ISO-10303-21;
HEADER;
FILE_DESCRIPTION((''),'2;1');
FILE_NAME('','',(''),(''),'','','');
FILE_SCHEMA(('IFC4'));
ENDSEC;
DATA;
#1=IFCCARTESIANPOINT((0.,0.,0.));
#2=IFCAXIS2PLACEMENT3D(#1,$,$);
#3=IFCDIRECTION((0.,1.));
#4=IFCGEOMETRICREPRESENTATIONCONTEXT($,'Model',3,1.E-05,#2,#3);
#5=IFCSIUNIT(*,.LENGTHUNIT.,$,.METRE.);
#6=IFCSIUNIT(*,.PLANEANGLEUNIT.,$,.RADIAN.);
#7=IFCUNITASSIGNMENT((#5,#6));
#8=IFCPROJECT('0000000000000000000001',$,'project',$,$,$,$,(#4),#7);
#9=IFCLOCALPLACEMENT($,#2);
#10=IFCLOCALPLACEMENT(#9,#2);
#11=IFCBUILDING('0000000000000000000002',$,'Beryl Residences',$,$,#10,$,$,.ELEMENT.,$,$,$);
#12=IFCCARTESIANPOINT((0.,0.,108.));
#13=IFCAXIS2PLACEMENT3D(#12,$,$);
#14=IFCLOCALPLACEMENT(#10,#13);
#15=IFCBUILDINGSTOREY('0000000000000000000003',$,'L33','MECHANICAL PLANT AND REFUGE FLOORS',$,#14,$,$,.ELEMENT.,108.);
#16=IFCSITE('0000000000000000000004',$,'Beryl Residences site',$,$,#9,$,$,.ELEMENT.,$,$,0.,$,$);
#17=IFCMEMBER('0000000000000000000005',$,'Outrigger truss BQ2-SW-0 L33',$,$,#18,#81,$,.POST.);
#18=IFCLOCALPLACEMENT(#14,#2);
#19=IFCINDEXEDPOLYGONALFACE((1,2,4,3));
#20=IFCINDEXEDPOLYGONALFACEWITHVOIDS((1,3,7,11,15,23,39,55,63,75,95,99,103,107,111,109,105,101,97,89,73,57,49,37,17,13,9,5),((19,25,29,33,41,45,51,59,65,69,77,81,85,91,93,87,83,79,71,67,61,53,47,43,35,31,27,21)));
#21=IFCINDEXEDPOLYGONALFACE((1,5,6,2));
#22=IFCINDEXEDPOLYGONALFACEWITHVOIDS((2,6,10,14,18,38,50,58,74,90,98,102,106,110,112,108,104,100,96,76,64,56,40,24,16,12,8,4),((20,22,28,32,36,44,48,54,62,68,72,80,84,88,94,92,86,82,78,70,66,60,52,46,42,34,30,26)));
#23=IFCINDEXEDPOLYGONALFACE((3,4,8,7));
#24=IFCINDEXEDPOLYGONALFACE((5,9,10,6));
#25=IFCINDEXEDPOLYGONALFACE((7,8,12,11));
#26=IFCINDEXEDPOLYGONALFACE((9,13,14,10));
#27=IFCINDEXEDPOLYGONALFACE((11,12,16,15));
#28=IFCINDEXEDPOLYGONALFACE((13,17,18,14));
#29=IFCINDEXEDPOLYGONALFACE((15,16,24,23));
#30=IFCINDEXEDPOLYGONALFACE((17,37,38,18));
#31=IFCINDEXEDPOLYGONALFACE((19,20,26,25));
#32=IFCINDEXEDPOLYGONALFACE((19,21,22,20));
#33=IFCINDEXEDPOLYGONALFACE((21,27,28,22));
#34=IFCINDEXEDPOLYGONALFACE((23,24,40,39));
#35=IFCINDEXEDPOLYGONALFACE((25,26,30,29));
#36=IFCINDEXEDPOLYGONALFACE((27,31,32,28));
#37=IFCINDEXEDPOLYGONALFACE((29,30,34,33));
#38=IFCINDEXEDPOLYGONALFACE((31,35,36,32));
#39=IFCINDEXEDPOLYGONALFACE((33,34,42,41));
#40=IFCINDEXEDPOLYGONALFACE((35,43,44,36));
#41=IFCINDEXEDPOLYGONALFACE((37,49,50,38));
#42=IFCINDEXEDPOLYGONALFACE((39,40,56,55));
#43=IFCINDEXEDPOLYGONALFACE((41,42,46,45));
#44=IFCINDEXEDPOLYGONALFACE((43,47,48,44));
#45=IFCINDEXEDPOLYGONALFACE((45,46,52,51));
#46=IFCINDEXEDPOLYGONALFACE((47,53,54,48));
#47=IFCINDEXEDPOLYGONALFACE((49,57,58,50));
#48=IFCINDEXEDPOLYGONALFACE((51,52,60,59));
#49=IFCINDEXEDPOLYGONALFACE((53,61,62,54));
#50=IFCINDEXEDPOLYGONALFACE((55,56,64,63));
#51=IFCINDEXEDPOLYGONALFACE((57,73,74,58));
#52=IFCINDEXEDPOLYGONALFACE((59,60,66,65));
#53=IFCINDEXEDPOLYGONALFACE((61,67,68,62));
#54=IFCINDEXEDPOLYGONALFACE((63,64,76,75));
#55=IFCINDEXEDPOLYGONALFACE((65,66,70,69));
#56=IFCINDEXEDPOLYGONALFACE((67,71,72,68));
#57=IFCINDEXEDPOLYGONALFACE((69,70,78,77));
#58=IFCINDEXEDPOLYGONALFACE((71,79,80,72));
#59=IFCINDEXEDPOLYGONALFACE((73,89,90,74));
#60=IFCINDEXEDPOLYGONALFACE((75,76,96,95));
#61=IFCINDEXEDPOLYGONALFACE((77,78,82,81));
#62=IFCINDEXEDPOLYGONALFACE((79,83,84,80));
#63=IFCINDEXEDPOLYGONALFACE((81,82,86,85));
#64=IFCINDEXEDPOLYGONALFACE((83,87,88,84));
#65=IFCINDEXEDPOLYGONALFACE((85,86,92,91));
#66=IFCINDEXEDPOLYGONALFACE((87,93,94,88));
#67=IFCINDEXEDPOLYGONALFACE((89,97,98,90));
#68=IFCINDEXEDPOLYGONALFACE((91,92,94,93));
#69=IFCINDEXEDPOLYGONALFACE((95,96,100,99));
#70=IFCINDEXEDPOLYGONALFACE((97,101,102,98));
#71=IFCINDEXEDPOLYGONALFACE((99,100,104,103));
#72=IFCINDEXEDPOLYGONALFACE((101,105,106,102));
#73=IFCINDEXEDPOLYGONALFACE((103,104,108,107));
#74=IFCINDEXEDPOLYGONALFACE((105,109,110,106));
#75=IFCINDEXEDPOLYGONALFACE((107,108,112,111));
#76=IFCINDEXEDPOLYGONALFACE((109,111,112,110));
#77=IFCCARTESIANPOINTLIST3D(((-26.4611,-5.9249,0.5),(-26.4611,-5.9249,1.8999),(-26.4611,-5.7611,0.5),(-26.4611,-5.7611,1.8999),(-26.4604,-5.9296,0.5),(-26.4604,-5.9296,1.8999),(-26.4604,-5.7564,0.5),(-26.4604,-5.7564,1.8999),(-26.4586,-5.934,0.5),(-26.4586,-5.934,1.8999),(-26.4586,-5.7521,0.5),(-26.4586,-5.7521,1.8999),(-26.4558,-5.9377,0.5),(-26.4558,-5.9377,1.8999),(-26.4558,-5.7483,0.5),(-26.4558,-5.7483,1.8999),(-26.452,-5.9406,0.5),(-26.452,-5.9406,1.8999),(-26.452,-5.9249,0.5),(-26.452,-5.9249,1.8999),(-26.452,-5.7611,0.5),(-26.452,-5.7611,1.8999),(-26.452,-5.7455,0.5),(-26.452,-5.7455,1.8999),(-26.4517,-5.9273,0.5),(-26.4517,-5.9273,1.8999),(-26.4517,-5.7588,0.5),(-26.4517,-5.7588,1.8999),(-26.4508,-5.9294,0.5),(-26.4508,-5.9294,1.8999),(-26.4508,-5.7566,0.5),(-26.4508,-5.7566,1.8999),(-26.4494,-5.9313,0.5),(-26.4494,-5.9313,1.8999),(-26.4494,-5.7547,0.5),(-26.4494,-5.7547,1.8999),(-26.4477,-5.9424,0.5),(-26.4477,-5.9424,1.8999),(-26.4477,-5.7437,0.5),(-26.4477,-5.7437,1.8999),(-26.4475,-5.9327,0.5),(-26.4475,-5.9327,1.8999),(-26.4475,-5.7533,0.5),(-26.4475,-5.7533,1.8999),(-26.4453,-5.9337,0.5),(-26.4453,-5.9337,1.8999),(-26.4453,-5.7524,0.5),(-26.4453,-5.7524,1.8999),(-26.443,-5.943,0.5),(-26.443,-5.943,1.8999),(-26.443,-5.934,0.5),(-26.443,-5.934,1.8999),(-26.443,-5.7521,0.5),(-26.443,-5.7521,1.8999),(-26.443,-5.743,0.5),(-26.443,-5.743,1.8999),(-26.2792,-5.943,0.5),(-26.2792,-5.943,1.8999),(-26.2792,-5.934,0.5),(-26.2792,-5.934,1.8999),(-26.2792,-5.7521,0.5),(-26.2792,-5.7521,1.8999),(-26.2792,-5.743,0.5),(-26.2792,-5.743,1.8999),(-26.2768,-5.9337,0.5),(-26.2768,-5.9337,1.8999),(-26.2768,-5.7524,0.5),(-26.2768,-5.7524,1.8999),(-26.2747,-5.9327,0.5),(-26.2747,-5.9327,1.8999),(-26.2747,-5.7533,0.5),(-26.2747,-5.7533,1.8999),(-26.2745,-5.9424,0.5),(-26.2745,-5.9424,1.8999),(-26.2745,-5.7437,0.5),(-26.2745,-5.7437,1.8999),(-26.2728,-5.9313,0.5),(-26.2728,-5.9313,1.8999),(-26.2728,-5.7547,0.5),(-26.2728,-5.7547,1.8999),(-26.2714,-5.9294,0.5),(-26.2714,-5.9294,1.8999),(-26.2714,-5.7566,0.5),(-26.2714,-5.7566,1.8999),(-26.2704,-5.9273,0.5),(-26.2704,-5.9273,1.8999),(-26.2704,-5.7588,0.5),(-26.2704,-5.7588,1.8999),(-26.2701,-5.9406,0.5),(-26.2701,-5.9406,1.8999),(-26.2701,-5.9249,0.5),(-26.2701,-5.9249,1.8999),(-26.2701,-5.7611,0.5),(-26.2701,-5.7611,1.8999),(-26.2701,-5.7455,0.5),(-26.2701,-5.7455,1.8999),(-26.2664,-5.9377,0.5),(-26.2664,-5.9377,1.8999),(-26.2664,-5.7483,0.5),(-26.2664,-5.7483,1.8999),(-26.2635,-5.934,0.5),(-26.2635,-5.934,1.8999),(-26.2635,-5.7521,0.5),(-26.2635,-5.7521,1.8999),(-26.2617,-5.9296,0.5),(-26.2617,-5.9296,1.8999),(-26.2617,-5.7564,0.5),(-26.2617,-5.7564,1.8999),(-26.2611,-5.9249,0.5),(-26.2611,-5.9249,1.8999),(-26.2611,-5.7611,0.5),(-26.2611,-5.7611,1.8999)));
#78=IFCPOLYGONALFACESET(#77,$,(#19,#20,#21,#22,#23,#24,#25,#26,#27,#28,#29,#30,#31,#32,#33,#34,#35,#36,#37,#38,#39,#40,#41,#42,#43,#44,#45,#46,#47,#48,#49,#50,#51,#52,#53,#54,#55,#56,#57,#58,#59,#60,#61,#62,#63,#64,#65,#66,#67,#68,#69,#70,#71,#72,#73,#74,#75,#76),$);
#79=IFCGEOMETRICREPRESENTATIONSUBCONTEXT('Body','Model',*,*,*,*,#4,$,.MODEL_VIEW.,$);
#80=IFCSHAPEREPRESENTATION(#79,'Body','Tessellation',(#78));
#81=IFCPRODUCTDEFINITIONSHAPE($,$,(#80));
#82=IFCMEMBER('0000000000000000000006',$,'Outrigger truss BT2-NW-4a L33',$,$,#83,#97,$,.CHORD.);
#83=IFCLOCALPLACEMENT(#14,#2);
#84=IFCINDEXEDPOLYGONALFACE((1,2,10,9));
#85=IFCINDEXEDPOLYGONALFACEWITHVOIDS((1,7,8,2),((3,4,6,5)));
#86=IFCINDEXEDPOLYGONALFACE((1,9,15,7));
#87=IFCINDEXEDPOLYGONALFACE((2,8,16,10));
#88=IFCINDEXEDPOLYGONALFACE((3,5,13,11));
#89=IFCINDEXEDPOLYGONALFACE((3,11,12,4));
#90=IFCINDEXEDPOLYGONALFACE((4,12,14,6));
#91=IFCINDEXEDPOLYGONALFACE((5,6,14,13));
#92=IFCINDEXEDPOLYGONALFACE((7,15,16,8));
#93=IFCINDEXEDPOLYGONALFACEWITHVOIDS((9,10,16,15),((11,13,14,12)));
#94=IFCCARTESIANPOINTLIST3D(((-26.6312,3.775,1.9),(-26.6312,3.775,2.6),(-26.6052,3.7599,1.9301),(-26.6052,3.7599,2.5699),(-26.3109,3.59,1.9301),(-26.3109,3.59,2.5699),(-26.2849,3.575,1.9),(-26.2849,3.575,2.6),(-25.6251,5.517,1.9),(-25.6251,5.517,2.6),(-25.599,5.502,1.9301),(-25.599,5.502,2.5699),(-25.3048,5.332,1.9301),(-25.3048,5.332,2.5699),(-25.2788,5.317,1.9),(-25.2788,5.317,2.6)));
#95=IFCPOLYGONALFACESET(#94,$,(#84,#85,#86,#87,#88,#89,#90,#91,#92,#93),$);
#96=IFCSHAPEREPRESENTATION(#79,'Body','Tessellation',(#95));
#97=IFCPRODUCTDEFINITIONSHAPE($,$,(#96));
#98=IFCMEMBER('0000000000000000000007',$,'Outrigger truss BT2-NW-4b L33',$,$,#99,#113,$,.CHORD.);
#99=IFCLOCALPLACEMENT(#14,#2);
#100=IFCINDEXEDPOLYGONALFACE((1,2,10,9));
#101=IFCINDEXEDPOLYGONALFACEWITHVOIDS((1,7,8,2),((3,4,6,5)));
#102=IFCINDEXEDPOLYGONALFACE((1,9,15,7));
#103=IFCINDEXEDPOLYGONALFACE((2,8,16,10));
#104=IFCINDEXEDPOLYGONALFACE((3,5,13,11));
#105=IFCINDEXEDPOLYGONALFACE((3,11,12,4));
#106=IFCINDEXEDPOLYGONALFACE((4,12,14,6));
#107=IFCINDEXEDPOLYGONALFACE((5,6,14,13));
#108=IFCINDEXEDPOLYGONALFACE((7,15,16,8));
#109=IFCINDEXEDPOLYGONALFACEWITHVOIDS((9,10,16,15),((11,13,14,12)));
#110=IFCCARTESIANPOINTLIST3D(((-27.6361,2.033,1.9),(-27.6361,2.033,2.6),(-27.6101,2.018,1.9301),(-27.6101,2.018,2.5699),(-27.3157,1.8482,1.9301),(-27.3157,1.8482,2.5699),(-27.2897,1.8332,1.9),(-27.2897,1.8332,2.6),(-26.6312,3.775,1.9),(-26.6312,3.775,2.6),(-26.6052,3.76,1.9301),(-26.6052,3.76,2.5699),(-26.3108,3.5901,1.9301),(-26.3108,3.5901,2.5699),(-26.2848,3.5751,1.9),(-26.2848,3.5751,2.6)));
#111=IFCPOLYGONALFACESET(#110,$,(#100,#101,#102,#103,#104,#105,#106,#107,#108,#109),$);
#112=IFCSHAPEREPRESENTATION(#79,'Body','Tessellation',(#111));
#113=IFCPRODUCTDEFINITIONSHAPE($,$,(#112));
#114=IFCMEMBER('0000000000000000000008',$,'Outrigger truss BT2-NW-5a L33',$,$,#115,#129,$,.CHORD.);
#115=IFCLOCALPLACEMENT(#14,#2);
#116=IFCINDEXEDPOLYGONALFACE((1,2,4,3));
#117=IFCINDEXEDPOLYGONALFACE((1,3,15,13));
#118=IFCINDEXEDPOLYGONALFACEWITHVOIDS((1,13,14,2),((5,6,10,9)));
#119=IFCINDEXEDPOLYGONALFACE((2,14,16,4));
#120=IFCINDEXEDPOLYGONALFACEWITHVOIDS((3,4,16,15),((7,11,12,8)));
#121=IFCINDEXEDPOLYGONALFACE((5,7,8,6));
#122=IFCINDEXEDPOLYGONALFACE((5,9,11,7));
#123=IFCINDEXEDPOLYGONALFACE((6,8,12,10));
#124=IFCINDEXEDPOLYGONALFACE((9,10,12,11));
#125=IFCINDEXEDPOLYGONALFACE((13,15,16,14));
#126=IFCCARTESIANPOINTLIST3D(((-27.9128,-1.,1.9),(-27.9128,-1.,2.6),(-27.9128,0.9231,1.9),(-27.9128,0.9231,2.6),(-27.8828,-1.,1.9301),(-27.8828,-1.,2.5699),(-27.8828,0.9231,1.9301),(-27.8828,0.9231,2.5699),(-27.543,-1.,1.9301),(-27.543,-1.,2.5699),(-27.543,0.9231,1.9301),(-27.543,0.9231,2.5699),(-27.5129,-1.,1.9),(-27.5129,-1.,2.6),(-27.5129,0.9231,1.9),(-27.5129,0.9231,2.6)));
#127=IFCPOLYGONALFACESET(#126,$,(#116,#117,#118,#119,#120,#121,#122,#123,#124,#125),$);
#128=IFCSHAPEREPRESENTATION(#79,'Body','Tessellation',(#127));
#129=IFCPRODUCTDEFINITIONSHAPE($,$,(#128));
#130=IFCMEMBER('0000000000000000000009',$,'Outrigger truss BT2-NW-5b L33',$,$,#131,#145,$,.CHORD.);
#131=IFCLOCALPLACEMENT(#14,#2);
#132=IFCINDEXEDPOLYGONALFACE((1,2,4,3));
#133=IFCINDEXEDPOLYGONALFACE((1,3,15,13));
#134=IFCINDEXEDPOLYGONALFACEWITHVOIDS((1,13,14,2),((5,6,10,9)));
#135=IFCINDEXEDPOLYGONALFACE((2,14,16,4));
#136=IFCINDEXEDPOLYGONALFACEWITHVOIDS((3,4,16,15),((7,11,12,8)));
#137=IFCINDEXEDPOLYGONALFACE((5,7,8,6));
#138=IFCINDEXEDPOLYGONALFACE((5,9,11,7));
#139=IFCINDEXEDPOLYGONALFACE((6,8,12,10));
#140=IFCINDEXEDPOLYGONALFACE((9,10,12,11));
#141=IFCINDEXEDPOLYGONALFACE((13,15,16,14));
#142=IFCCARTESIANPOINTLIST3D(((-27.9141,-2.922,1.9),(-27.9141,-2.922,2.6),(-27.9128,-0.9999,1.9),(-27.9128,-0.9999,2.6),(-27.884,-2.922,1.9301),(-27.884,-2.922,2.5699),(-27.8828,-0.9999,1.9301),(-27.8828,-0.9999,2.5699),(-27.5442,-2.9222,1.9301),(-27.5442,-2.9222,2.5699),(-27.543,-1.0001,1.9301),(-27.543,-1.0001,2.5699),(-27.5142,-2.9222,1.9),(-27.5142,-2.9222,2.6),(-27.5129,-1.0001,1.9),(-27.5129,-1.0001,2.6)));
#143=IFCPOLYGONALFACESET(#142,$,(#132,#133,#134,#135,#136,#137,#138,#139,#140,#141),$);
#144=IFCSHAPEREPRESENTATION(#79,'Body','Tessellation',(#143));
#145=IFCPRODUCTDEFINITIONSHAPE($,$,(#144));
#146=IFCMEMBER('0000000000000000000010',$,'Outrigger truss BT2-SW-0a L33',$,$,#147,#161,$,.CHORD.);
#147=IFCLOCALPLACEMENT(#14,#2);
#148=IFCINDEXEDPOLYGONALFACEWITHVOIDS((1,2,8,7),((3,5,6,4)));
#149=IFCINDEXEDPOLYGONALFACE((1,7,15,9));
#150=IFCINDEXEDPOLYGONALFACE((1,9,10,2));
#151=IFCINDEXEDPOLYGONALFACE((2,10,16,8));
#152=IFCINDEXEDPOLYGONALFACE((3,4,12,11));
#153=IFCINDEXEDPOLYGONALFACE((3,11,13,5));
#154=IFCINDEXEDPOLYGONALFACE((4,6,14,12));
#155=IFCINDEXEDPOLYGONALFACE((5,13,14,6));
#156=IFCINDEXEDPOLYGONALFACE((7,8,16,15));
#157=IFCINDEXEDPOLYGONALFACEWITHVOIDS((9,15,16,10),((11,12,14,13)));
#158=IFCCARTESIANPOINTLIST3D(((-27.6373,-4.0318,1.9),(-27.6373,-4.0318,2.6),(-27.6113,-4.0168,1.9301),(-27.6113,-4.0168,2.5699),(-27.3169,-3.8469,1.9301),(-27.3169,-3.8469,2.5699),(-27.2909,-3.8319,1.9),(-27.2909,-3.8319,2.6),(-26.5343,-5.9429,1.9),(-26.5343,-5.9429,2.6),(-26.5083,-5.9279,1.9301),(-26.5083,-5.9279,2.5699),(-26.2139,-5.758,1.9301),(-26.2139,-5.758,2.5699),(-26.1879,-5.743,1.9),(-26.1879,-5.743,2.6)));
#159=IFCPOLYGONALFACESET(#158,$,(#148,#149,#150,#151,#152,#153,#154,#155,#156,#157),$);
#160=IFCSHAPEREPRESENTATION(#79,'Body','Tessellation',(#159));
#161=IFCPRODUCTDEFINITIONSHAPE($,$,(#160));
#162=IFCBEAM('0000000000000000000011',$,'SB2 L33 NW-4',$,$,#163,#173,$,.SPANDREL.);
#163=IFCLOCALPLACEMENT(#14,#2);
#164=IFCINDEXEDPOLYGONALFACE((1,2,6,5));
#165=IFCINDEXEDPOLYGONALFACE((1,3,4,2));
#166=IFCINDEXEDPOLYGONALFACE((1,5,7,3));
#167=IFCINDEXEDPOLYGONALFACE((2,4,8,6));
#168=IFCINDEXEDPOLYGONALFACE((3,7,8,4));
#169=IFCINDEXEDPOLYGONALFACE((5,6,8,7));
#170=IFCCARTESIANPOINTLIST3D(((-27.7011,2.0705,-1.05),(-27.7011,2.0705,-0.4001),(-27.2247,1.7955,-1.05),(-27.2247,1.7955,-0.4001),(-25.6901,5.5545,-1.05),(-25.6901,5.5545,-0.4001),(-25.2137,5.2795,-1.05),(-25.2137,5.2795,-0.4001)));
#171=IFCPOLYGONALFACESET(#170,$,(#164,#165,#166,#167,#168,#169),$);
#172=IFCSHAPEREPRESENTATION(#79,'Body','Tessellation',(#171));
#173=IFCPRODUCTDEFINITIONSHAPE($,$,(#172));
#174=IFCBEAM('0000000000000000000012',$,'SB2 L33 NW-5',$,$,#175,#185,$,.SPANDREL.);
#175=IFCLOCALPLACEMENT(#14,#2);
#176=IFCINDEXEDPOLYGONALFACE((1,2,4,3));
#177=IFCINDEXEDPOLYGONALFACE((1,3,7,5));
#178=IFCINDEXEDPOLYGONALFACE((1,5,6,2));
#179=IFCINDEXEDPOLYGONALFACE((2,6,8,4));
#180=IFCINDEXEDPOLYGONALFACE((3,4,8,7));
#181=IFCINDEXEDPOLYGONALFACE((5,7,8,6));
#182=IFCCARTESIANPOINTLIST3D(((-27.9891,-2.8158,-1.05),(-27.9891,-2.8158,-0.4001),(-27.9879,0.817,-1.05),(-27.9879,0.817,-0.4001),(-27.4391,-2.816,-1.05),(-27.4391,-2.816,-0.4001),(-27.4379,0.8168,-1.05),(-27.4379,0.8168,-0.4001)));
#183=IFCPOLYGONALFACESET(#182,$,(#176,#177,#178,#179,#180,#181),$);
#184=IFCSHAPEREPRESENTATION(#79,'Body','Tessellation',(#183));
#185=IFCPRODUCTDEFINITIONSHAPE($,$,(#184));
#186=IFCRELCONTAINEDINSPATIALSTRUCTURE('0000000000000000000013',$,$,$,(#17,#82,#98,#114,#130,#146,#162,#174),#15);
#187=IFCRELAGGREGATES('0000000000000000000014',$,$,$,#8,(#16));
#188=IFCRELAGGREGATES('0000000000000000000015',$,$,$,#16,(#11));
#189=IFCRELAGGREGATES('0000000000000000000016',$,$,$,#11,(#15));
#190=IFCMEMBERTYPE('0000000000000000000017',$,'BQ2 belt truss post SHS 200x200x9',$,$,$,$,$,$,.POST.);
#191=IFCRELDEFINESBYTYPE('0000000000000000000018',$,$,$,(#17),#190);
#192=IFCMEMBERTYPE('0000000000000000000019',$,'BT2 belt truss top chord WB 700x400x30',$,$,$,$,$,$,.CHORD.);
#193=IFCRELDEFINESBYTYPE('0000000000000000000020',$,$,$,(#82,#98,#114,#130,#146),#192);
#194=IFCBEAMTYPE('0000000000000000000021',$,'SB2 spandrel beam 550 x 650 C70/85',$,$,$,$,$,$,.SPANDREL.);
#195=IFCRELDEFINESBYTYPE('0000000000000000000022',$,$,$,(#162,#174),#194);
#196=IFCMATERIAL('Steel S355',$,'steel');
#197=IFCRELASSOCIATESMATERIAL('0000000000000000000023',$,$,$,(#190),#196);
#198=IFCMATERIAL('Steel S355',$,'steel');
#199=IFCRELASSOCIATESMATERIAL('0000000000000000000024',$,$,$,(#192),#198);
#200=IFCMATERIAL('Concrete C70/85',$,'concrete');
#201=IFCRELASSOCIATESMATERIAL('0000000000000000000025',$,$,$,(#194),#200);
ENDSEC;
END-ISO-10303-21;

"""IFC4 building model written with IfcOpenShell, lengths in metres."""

from ifc_helpers import new_model, si_unit, direction, frame, origin, origin_2d, place, context, subcontext, project, spatial, rectangle, hollow_rectangle, extrude, material, material_profile, profile_set, type_object, element, save


model = new_model("IFC4")

# Units and contexts
model_context = context("Model", 3, precision=1e-05, world=origin(), true_north=direction((0.0, 1.0)))
body_context = subcontext(model_context, "Body", "Model", "MODEL_VIEW")
ifc_project = project(units=[si_unit("LENGTHUNIT", "METRE"), si_unit("PLANEANGLEUNIT", "RADIAN")], contexts=[model_context])

# Site, building, storey
site_placement = place(None, origin())
site = spatial("IfcSite", under=ifc_project, at=site_placement, Name="Beryl Residences site", CompositionType="ELEMENT", RefElevation=0.0)
building_placement = place(site_placement, origin())
building = spatial("IfcBuilding", under=site, at=building_placement, Name="Beryl Residences", CompositionType="ELEMENT")
storey_placement = place(building_placement, frame((0.0, 0.0, 108.0)))
storey = spatial("IfcBuildingStorey", under=building, at=storey_placement, Name="L33", Description="MECHANICAL PLANT AND REFUGE FLOORS", CompositionType="ELEMENT", Elevation=108.0)

# Members
ifc_material_1 = material(Name="Steel S355", Category="steel")
ifc_material_profile_1 = material_profile(ifc_material_1, hollow_rectangle(XDim=0.2, YDim=0.2, WallThickness=0.009, InnerFilletRadius=0.009, OuterFilletRadius=0.0181, at=origin_2d()))
ifc_profile_set_1 = profile_set([ifc_material_profile_1], Name="Steel S355")
member_type_1 = type_object("IfcMemberType", Name="BQ2 belt truss post SHS 200x200x9", PredefinedType="POST", material=ifc_profile_set_1)
for number, where, z_axis, x_axis, name in (
    (1, (-26.3611, -5.843, 0.5), (0.0, 0.0, 1.0), (1.0, 0.0, 0.0), "Outrigger truss BQ2-SW-0 L33"),
):
    element("IfcMember", number, at=place(storey_placement, frame(where, z_axis=z_axis, x_axis=x_axis)), inside=storey, type_object=member_type_1, Name=name, PredefinedType="POST", context=body_context, shape_type="SweptSolid", body=[
        extrude(hollow_rectangle(XDim=0.2, YDim=0.2, WallThickness=0.009, InnerFilletRadius=0.009, OuterFilletRadius=0.0181, at=origin_2d()), origin(), (0.0, 0.0, 1.0), 1.3999),
    ])
ifc_material_2 = material(Name="Steel S355", Category="steel")
ifc_material_profile_2 = material_profile(ifc_material_2, hollow_rectangle(XDim=0.3999, YDim=0.7, WallThickness=0.03, at=origin_2d()))
ifc_profile_set_2 = profile_set([ifc_material_profile_2], Name="Steel S355")
member_type_2 = type_object("IfcMemberType", Name="BT2 belt truss top chord WB 700x400x30", PredefinedType="CHORD", material=ifc_profile_set_2)
member_1_placement = place(storey_placement, frame((-25.4519, 5.417, 2.25), z_axis=(-0.500146, -0.865941, 0.0), x_axis=(0.865941, -0.500146, 0.0)))
element("IfcMember", 2, at=member_1_placement, inside=storey, type_object=member_type_2, Name="Outrigger truss BT2-NW-4a L33", PredefinedType="CHORD", context=body_context, shape_type="SweptSolid", body=[
    extrude(hollow_rectangle(XDim=0.3999, YDim=0.7, WallThickness=0.03, at=origin_2d()), origin(), (0.0, 0.0, 1.0), 2.0117),
])
member_2_placement = place(storey_placement, frame((-26.458, 3.675, 2.25), z_axis=(-0.499691, -0.866204, 0.0), x_axis=(0.866204, -0.499691, 0.0)))
element("IfcMember", 3, at=member_2_placement, inside=storey, type_object=member_type_2, Name="Outrigger truss BT2-NW-4b L33", PredefinedType="CHORD", context=body_context, shape_type="SweptSolid", body=[
    extrude(hollow_rectangle(XDim=0.3999, YDim=0.7, WallThickness=0.03, at=origin_2d()), origin(), (0.0, 0.0, 1.0), 2.011),
])
member_3_placement = place(storey_placement, frame((-27.7129, 0.9231, 2.25), z_axis=(0.0, -1.0, 0.0), x_axis=(1.0, 0.0, 0.0)))
element("IfcMember", 4, at=member_3_placement, inside=storey, type_object=member_type_2, Name="Outrigger truss BT2-NW-5a L33", PredefinedType="CHORD", context=body_context, shape_type="SweptSolid", body=[
    extrude(hollow_rectangle(XDim=0.3999, YDim=0.7, WallThickness=0.03, at=origin_2d()), origin(), (0.0, 0.0, 1.0), 1.9231),
])
member_4_placement = place(storey_placement, frame((-27.7129, -1.0, 2.25), z_axis=(-0.000635, -1.0, 0.0), x_axis=(1.0, -0.000635, 0.0)))
element("IfcMember", 5, at=member_4_placement, inside=storey, type_object=member_type_2, Name="Outrigger truss BT2-NW-5b L33", PredefinedType="CHORD", context=body_context, shape_type="SweptSolid", body=[
    extrude(hollow_rectangle(XDim=0.3999, YDim=0.7, WallThickness=0.03, at=origin_2d()), origin(), (0.0, 0.0, 1.0), 1.9221),
])
member_5_placement = place(storey_placement, frame((-27.4641, -3.9319, 2.25), z_axis=(0.499876, -0.866097, 0.0), x_axis=(0.866097, 0.499876, 0.0)))
element("IfcMember", 6, at=member_5_placement, inside=storey, type_object=member_type_2, Name="Outrigger truss BT2-SW-0a L33", PredefinedType="CHORD", context=body_context, shape_type="SweptSolid", body=[
    extrude(hollow_rectangle(XDim=0.3999, YDim=0.7, WallThickness=0.03, at=origin_2d()), origin(), (0.0, 0.0, 1.0), 2.2065),
])

# Beams
ifc_material_3 = material(Name="Concrete C70/85", Category="concrete")
ifc_material_profile_3 = material_profile(ifc_material_3, rectangle(XDim=0.55, YDim=0.6499, at=origin_2d()))
ifc_profile_set_3 = profile_set([ifc_material_profile_3], Name="Concrete C70/85")
beam_type = type_object("IfcBeamType", Name="SB2 spandrel beam 550 x 650 C70/85", PredefinedType="SPANDREL", material=ifc_profile_set_3)
beam_1_placement = place(storey_placement, frame((-25.4519, 5.417, -0.7251), z_axis=(-0.499919, -0.866072, 0.0), x_axis=(0.866072, -0.499919, 0.0)))
element("IfcBeam", 7, at=beam_1_placement, inside=storey, type_object=beam_type, Name="SB2 L33 NW-4", PredefinedType="SPANDREL", context=body_context, shape_type="SweptSolid", body=[
    extrude(rectangle(XDim=0.55, YDim=0.6499, at=origin_2d()), origin(), (0.0, 0.0, 1.0), 4.0227),
])
beam_2_placement = place(storey_placement, frame((-27.7129, 0.8169, -0.7251), z_axis=(-0.000336, -1.0, 0.0), x_axis=(1.0, -0.000336, 0.0)))
element("IfcBeam", 8, at=beam_2_placement, inside=storey, type_object=beam_type, Name="SB2 L33 NW-5", PredefinedType="SPANDREL", context=body_context, shape_type="SweptSolid", body=[
    extrude(rectangle(XDim=0.55, YDim=0.6499, at=origin_2d()), origin(), (0.0, 0.0, 1.0), 3.6328),
])

save(model, "model.ifc")
